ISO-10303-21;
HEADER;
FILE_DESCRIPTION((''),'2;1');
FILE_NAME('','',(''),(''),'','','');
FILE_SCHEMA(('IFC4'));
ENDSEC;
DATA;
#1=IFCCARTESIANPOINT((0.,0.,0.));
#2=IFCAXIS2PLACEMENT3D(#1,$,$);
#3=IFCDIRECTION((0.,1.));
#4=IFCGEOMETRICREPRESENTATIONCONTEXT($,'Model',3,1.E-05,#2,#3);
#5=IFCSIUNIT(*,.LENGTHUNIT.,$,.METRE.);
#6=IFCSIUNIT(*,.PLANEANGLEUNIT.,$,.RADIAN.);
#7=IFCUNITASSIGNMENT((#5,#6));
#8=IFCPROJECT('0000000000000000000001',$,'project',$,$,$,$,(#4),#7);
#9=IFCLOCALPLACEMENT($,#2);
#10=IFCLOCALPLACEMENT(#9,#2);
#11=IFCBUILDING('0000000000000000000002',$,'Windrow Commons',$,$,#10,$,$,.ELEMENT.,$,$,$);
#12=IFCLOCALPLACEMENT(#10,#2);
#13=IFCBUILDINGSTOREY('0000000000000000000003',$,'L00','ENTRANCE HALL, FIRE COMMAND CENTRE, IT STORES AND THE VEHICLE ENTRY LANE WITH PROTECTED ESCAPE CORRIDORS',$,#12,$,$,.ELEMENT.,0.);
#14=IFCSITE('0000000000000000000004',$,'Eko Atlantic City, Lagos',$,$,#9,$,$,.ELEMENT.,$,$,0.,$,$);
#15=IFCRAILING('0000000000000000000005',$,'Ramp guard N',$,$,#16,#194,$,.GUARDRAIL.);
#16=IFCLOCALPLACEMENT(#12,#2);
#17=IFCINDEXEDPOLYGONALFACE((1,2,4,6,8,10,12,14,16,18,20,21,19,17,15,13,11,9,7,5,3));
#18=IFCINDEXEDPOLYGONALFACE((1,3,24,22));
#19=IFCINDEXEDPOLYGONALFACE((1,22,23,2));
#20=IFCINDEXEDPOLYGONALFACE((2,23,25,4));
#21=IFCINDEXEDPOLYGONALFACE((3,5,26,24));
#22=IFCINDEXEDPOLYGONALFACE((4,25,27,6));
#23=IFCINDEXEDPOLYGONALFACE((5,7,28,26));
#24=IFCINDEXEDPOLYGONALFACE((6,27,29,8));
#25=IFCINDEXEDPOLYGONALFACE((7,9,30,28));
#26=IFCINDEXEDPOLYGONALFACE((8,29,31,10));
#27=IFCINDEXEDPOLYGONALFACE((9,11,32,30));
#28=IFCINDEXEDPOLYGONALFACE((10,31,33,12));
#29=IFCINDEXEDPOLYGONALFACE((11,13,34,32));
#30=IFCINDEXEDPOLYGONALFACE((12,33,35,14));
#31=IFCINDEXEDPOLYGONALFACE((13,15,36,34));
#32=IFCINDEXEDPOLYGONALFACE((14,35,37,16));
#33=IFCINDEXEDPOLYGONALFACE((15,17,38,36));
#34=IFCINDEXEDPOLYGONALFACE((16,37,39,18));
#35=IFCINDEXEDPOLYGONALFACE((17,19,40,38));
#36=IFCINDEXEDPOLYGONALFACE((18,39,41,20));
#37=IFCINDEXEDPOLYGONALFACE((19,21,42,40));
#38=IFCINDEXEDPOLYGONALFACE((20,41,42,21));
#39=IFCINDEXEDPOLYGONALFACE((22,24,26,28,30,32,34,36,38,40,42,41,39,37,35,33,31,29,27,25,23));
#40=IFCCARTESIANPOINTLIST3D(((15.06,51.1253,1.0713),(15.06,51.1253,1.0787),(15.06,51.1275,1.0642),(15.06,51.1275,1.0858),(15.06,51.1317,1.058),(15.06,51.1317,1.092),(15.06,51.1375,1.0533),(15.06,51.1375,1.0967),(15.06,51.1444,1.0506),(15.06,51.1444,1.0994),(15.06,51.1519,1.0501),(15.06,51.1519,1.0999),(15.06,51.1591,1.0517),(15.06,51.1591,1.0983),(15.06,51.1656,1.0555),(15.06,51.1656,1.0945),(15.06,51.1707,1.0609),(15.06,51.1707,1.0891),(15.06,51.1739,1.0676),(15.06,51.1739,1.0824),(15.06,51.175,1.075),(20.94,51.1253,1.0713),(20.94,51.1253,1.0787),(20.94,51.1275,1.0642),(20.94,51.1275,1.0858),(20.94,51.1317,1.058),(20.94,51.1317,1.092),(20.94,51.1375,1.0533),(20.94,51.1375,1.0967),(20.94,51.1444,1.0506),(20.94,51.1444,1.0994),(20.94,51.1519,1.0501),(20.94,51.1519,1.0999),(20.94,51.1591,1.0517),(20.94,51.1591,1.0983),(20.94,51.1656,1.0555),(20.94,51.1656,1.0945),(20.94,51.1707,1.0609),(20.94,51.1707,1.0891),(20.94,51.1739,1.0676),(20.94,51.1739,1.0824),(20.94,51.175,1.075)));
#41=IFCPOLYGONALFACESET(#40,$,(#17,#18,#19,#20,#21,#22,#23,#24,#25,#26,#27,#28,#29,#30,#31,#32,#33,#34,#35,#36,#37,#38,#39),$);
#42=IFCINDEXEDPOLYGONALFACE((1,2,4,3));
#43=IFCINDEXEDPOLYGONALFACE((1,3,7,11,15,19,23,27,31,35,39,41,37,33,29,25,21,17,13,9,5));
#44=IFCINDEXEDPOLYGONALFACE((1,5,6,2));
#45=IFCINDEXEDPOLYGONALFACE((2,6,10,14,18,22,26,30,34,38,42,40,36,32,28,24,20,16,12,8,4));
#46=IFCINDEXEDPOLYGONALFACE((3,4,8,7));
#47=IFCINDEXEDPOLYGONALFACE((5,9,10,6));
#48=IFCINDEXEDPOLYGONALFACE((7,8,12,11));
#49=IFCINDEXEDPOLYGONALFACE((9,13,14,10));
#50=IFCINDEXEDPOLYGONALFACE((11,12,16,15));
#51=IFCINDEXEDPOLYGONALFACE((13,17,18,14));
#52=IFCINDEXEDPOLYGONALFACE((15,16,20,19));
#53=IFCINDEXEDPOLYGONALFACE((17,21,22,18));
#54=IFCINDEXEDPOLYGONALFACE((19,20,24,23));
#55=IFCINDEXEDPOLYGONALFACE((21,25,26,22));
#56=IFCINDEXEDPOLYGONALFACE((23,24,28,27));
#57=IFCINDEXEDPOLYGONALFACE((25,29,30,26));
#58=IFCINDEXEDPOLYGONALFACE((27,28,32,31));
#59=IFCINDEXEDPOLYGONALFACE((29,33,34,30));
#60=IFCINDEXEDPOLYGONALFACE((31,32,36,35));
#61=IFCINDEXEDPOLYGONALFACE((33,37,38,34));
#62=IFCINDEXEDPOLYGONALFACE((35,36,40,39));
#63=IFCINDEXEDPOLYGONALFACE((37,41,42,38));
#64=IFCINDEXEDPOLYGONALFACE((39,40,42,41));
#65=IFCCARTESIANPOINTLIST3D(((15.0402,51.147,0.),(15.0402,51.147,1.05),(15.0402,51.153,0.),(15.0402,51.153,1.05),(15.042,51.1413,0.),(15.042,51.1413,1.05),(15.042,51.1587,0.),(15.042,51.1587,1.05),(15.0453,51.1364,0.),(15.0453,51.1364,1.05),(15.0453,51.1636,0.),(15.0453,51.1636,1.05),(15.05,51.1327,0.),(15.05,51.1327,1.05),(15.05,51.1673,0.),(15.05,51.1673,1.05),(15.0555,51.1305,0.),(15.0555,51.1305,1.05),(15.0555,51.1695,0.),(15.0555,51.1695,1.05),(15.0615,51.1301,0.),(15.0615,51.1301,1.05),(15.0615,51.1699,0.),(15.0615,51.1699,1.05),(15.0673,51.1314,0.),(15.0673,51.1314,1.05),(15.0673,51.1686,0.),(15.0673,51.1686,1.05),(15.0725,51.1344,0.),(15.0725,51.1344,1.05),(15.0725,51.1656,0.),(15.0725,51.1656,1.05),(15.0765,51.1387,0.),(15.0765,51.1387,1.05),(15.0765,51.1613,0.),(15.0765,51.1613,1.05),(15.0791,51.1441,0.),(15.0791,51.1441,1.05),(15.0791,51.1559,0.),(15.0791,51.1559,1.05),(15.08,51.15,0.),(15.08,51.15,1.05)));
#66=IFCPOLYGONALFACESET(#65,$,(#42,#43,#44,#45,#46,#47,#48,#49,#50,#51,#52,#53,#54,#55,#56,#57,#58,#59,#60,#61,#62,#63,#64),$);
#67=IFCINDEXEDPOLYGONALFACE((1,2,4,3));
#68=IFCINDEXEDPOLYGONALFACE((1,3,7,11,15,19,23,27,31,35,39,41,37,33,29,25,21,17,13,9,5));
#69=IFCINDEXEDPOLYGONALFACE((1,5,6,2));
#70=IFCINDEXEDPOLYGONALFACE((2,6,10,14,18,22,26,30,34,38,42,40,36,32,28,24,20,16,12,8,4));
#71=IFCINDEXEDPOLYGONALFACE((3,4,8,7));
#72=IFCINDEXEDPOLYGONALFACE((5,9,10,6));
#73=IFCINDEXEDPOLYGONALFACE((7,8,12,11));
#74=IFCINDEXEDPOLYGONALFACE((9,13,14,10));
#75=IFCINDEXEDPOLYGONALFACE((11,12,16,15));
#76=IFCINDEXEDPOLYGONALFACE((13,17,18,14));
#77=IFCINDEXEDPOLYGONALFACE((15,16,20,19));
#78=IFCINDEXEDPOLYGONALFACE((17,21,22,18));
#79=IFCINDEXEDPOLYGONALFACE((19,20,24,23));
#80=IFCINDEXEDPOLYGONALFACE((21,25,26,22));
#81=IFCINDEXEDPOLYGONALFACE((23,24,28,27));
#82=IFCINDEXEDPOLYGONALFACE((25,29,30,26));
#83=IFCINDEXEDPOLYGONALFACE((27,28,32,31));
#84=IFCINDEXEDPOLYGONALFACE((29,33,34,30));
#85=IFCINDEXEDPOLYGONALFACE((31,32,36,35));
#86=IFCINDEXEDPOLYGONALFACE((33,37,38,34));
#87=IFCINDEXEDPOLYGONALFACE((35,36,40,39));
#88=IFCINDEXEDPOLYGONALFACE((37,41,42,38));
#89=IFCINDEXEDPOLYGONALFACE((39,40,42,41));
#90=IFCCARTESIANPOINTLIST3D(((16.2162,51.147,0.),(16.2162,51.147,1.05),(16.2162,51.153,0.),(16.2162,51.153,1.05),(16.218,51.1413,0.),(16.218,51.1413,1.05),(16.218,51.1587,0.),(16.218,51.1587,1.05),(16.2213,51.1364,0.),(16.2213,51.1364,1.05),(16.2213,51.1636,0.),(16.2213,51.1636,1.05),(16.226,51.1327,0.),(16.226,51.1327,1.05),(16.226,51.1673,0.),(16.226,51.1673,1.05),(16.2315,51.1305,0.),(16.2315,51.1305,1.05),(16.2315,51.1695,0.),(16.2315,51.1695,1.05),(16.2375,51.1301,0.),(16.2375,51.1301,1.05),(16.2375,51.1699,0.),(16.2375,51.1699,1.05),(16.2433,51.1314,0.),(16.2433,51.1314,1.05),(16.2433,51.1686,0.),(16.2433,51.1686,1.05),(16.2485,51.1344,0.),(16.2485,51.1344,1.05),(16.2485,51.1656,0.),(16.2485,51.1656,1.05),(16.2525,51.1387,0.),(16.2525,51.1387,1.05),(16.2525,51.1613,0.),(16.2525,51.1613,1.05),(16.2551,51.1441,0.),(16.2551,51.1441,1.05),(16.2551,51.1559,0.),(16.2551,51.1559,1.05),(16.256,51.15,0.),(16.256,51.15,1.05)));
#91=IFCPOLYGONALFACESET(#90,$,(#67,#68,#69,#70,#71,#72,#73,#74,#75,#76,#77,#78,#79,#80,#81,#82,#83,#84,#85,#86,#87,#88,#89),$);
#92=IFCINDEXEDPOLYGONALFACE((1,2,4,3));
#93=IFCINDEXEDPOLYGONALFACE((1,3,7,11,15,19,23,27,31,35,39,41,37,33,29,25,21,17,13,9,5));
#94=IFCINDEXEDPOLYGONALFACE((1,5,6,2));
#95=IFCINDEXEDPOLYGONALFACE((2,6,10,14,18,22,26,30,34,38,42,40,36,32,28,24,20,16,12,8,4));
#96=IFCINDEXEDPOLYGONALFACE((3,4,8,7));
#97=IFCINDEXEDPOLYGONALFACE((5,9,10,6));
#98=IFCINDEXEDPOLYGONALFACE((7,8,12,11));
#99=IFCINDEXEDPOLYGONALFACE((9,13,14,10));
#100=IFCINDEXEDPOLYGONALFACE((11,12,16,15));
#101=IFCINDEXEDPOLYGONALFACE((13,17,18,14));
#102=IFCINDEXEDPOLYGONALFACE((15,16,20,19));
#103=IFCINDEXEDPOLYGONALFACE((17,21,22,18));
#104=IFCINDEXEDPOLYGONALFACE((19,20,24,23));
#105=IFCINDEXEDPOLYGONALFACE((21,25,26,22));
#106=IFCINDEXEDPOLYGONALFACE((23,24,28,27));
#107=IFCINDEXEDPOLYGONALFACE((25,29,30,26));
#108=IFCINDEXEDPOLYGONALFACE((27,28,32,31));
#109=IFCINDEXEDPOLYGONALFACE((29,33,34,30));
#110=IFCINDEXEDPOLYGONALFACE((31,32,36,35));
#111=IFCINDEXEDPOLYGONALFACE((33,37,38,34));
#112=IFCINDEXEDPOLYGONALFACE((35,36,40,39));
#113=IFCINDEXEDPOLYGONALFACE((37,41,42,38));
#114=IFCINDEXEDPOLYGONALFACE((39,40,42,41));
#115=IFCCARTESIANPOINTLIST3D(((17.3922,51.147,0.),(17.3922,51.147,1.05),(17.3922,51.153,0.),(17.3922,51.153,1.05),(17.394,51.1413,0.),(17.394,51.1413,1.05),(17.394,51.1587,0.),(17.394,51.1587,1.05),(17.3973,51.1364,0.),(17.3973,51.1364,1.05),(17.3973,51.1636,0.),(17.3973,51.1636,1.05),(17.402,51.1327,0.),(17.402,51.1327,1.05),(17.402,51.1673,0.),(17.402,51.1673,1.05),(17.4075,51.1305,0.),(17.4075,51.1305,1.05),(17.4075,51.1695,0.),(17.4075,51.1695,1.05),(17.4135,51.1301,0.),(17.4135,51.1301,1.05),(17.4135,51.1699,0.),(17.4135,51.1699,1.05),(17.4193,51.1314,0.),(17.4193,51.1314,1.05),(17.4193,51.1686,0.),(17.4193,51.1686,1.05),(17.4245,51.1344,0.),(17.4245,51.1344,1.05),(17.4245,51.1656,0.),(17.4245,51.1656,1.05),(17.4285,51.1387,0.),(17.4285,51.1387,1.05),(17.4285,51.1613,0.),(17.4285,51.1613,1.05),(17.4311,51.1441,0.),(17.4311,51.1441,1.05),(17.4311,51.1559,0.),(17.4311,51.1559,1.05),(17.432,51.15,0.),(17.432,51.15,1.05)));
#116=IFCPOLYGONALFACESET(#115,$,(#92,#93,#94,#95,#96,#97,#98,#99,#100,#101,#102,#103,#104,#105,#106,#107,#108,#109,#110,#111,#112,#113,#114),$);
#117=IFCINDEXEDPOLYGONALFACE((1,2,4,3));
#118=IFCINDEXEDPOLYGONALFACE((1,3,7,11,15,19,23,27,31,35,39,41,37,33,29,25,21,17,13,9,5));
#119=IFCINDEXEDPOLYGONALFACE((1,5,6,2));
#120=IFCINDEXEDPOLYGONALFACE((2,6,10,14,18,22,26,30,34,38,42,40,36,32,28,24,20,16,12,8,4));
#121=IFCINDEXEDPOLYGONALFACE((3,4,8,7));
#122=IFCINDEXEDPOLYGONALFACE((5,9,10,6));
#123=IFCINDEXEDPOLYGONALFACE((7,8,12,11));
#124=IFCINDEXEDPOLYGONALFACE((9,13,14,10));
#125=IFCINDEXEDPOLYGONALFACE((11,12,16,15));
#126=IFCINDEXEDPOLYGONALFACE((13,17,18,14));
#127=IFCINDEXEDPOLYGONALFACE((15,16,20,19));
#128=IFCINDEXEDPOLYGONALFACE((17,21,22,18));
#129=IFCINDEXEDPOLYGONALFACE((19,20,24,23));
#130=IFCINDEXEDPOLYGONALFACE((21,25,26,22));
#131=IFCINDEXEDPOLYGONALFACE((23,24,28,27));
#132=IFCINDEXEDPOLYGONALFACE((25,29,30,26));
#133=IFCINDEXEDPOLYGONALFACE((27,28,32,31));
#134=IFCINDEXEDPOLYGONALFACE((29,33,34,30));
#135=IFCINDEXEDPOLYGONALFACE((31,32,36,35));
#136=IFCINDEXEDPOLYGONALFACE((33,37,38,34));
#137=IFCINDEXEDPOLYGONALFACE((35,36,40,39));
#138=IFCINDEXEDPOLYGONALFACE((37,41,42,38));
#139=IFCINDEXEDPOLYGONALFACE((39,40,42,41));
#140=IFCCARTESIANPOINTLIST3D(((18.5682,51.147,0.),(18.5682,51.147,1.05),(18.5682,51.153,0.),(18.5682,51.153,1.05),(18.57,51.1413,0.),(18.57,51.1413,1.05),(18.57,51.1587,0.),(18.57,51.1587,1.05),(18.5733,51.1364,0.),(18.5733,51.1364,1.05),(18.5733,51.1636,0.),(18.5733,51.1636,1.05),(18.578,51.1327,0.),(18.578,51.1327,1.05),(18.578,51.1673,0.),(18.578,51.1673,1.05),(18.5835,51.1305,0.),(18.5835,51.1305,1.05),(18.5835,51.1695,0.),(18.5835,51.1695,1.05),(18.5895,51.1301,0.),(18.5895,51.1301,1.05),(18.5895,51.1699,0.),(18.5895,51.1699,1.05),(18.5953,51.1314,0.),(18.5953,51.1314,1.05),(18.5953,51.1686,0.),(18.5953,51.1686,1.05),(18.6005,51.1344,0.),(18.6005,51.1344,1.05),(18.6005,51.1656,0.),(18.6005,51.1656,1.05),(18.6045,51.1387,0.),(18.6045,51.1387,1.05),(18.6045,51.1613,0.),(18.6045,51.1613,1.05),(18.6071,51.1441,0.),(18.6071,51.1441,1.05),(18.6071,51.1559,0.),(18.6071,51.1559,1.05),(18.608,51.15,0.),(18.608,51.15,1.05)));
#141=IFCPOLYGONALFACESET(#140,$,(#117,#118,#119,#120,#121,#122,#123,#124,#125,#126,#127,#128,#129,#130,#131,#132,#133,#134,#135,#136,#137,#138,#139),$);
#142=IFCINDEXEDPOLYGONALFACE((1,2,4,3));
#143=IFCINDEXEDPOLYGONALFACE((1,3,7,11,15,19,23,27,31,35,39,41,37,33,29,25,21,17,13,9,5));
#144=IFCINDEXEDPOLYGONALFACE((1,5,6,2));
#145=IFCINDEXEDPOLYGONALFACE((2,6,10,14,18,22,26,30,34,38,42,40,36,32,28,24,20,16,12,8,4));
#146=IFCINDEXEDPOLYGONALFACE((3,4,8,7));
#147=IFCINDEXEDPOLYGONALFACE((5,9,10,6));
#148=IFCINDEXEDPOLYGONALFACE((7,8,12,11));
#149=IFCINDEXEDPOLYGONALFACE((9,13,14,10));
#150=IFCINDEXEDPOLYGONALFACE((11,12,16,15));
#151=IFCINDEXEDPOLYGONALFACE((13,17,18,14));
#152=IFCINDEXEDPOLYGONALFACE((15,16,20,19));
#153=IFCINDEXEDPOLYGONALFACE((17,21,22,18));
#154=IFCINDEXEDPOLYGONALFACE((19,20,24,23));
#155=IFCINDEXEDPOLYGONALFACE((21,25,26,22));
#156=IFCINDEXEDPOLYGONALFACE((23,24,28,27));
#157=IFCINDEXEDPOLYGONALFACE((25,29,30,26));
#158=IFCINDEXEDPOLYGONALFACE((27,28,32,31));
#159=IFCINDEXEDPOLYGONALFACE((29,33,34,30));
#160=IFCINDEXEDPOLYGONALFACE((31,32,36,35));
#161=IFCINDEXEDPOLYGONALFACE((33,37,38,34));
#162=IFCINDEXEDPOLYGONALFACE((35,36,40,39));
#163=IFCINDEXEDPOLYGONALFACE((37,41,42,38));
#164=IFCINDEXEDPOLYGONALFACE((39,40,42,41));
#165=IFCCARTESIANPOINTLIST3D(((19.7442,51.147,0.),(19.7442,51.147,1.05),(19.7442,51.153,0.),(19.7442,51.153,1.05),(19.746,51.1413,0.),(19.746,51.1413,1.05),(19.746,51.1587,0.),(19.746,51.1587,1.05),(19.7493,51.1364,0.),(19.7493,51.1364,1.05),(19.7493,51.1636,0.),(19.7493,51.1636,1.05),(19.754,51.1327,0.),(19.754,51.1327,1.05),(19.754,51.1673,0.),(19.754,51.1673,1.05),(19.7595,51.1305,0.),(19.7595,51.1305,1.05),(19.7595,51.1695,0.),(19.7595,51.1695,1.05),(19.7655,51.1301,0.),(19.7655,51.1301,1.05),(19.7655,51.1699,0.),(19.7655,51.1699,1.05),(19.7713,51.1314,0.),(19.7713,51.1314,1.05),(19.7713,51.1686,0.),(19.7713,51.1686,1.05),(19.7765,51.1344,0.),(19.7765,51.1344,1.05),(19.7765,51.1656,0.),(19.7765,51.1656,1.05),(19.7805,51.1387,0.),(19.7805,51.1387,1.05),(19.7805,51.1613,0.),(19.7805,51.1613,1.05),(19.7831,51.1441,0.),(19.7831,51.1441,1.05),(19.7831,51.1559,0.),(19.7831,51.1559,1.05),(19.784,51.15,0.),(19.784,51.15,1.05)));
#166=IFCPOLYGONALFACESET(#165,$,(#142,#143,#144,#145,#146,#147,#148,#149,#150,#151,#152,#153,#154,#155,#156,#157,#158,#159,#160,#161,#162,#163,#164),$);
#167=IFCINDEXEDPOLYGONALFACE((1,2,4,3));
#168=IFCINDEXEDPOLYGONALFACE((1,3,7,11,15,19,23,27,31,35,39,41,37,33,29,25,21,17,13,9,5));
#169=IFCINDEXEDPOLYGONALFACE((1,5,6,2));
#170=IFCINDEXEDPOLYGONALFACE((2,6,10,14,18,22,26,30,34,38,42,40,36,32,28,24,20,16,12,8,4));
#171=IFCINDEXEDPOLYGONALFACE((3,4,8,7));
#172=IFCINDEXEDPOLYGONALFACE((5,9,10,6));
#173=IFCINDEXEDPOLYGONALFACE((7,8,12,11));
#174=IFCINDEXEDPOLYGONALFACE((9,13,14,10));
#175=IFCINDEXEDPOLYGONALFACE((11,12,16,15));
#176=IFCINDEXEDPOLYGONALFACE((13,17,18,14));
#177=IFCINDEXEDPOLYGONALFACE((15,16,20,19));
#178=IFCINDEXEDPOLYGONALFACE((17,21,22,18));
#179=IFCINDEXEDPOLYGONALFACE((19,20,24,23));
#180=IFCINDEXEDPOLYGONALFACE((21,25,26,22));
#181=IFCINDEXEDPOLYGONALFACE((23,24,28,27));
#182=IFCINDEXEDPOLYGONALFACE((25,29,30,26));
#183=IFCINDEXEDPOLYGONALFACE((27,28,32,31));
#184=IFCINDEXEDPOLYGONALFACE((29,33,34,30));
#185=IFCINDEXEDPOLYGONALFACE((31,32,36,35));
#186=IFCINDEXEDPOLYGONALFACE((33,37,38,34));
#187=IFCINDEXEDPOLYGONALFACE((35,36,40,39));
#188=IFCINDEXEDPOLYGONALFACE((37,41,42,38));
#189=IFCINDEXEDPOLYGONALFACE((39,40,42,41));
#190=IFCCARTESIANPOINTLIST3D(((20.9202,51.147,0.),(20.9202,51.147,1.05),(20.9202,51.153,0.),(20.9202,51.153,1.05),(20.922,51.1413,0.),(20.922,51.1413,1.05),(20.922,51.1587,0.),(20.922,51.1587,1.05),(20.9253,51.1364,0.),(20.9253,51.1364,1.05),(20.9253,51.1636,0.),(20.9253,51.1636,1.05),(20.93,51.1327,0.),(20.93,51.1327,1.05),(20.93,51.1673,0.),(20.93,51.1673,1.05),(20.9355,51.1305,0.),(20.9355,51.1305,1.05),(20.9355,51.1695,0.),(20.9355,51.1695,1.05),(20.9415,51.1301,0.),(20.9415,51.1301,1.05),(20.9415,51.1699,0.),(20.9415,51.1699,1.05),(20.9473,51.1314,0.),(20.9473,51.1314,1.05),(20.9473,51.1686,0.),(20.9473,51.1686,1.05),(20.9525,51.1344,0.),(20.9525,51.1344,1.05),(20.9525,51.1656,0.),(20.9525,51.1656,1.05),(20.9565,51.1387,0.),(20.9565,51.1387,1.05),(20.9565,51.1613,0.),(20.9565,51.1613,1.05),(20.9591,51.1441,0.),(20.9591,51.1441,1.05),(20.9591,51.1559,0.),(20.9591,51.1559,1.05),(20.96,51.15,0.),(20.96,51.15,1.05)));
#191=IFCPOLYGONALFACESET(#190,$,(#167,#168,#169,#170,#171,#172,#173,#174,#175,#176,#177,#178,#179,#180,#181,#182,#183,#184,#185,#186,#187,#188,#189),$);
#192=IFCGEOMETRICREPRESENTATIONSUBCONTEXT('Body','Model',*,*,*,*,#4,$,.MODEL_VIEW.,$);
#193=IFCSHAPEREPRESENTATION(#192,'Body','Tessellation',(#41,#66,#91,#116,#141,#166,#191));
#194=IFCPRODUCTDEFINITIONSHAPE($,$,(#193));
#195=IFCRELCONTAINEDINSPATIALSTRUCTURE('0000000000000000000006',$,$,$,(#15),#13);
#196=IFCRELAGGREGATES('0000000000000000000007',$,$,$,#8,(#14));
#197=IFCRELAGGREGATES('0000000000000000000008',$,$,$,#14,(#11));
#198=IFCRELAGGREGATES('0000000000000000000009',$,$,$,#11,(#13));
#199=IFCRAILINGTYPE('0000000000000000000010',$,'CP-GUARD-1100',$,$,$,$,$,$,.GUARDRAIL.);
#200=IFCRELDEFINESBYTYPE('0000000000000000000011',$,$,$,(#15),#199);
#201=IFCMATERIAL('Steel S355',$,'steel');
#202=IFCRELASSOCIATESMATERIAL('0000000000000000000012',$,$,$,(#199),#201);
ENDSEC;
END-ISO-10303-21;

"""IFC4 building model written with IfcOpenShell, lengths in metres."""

from ifc_helpers import new_model, si_unit, direction, frame, origin, origin_2d, place, context, subcontext, project, spatial, circle, extrude, material, type_object, element, save


model = new_model("IFC4")

# Units and contexts
model_context = context("Model", 3, precision=1e-05, world=origin(), true_north=direction((0.0, 1.0)))
body_context = subcontext(model_context, "Body", "Model", "MODEL_VIEW")
ifc_project = project(units=[si_unit("LENGTHUNIT", "METRE"), si_unit("PLANEANGLEUNIT", "RADIAN")], contexts=[model_context])

# Site, building, storey
site_placement = place(None, origin())
site = spatial("IfcSite", under=ifc_project, at=site_placement, Name="Eko Atlantic City, Lagos", CompositionType="ELEMENT", RefElevation=0.0)
building_placement = place(site_placement, origin())
building = spatial("IfcBuilding", under=site, at=building_placement, Name="Windrow Commons", CompositionType="ELEMENT")
storey_placement = place(building_placement, origin())
storey = spatial("IfcBuildingStorey", under=building, at=storey_placement, Name="L00", Description="ENTRANCE HALL, FIRE COMMAND CENTRE, IT STORES AND THE VEHICLE ENTRY LANE WITH PROTECTED ESCAPE CORRIDORS", CompositionType="ELEMENT", Elevation=0.0)

# Railing
ifc_material_1 = material(Name="Steel S355", Category="steel")
railing_type = type_object("IfcRailingType", Name="CP-GUARD-1100", PredefinedType="GUARDRAIL", material=ifc_material_1)
railing_placement = place(storey_placement, frame((15.06, 51.15, 0.0)))
element("IfcRailing", 1, at=railing_placement, inside=storey, type_object=railing_type, Name="Ramp guard N", PredefinedType="GUARDRAIL", context=body_context, shape_type="SweptSolid", body=[
    extrude(circle(Radius=0.025, at=origin_2d()), frame((0.0, 0.0, 1.075), z_axis=(1.0, 0.0, 0.0), x_axis=(0.0, 1.0, 0.0)), (0.0, 0.0, 1.0), 5.88),
    extrude(circle(Radius=0.02, at=origin_2d()), origin(), (0.0, 0.0, 1.0), 1.05),
    extrude(circle(Radius=0.02, at=origin_2d()), frame((1.176, 0.0, 0.0)), (0.0, 0.0, 1.0), 1.05),
    extrude(circle(Radius=0.02, at=origin_2d()), frame((2.352, 0.0, 0.0)), (0.0, 0.0, 1.0), 1.05),
    extrude(circle(Radius=0.02, at=origin_2d()), frame((3.528, 0.0, 0.0)), (0.0, 0.0, 1.0), 1.05),
    extrude(circle(Radius=0.02, at=origin_2d()), frame((4.704, 0.0, 0.0)), (0.0, 0.0, 1.0), 1.05),
    extrude(circle(Radius=0.02, at=origin_2d()), frame((5.88, 0.0, 0.0)), (0.0, 0.0, 1.0), 1.05),
])

save(model, "model.ifc")
